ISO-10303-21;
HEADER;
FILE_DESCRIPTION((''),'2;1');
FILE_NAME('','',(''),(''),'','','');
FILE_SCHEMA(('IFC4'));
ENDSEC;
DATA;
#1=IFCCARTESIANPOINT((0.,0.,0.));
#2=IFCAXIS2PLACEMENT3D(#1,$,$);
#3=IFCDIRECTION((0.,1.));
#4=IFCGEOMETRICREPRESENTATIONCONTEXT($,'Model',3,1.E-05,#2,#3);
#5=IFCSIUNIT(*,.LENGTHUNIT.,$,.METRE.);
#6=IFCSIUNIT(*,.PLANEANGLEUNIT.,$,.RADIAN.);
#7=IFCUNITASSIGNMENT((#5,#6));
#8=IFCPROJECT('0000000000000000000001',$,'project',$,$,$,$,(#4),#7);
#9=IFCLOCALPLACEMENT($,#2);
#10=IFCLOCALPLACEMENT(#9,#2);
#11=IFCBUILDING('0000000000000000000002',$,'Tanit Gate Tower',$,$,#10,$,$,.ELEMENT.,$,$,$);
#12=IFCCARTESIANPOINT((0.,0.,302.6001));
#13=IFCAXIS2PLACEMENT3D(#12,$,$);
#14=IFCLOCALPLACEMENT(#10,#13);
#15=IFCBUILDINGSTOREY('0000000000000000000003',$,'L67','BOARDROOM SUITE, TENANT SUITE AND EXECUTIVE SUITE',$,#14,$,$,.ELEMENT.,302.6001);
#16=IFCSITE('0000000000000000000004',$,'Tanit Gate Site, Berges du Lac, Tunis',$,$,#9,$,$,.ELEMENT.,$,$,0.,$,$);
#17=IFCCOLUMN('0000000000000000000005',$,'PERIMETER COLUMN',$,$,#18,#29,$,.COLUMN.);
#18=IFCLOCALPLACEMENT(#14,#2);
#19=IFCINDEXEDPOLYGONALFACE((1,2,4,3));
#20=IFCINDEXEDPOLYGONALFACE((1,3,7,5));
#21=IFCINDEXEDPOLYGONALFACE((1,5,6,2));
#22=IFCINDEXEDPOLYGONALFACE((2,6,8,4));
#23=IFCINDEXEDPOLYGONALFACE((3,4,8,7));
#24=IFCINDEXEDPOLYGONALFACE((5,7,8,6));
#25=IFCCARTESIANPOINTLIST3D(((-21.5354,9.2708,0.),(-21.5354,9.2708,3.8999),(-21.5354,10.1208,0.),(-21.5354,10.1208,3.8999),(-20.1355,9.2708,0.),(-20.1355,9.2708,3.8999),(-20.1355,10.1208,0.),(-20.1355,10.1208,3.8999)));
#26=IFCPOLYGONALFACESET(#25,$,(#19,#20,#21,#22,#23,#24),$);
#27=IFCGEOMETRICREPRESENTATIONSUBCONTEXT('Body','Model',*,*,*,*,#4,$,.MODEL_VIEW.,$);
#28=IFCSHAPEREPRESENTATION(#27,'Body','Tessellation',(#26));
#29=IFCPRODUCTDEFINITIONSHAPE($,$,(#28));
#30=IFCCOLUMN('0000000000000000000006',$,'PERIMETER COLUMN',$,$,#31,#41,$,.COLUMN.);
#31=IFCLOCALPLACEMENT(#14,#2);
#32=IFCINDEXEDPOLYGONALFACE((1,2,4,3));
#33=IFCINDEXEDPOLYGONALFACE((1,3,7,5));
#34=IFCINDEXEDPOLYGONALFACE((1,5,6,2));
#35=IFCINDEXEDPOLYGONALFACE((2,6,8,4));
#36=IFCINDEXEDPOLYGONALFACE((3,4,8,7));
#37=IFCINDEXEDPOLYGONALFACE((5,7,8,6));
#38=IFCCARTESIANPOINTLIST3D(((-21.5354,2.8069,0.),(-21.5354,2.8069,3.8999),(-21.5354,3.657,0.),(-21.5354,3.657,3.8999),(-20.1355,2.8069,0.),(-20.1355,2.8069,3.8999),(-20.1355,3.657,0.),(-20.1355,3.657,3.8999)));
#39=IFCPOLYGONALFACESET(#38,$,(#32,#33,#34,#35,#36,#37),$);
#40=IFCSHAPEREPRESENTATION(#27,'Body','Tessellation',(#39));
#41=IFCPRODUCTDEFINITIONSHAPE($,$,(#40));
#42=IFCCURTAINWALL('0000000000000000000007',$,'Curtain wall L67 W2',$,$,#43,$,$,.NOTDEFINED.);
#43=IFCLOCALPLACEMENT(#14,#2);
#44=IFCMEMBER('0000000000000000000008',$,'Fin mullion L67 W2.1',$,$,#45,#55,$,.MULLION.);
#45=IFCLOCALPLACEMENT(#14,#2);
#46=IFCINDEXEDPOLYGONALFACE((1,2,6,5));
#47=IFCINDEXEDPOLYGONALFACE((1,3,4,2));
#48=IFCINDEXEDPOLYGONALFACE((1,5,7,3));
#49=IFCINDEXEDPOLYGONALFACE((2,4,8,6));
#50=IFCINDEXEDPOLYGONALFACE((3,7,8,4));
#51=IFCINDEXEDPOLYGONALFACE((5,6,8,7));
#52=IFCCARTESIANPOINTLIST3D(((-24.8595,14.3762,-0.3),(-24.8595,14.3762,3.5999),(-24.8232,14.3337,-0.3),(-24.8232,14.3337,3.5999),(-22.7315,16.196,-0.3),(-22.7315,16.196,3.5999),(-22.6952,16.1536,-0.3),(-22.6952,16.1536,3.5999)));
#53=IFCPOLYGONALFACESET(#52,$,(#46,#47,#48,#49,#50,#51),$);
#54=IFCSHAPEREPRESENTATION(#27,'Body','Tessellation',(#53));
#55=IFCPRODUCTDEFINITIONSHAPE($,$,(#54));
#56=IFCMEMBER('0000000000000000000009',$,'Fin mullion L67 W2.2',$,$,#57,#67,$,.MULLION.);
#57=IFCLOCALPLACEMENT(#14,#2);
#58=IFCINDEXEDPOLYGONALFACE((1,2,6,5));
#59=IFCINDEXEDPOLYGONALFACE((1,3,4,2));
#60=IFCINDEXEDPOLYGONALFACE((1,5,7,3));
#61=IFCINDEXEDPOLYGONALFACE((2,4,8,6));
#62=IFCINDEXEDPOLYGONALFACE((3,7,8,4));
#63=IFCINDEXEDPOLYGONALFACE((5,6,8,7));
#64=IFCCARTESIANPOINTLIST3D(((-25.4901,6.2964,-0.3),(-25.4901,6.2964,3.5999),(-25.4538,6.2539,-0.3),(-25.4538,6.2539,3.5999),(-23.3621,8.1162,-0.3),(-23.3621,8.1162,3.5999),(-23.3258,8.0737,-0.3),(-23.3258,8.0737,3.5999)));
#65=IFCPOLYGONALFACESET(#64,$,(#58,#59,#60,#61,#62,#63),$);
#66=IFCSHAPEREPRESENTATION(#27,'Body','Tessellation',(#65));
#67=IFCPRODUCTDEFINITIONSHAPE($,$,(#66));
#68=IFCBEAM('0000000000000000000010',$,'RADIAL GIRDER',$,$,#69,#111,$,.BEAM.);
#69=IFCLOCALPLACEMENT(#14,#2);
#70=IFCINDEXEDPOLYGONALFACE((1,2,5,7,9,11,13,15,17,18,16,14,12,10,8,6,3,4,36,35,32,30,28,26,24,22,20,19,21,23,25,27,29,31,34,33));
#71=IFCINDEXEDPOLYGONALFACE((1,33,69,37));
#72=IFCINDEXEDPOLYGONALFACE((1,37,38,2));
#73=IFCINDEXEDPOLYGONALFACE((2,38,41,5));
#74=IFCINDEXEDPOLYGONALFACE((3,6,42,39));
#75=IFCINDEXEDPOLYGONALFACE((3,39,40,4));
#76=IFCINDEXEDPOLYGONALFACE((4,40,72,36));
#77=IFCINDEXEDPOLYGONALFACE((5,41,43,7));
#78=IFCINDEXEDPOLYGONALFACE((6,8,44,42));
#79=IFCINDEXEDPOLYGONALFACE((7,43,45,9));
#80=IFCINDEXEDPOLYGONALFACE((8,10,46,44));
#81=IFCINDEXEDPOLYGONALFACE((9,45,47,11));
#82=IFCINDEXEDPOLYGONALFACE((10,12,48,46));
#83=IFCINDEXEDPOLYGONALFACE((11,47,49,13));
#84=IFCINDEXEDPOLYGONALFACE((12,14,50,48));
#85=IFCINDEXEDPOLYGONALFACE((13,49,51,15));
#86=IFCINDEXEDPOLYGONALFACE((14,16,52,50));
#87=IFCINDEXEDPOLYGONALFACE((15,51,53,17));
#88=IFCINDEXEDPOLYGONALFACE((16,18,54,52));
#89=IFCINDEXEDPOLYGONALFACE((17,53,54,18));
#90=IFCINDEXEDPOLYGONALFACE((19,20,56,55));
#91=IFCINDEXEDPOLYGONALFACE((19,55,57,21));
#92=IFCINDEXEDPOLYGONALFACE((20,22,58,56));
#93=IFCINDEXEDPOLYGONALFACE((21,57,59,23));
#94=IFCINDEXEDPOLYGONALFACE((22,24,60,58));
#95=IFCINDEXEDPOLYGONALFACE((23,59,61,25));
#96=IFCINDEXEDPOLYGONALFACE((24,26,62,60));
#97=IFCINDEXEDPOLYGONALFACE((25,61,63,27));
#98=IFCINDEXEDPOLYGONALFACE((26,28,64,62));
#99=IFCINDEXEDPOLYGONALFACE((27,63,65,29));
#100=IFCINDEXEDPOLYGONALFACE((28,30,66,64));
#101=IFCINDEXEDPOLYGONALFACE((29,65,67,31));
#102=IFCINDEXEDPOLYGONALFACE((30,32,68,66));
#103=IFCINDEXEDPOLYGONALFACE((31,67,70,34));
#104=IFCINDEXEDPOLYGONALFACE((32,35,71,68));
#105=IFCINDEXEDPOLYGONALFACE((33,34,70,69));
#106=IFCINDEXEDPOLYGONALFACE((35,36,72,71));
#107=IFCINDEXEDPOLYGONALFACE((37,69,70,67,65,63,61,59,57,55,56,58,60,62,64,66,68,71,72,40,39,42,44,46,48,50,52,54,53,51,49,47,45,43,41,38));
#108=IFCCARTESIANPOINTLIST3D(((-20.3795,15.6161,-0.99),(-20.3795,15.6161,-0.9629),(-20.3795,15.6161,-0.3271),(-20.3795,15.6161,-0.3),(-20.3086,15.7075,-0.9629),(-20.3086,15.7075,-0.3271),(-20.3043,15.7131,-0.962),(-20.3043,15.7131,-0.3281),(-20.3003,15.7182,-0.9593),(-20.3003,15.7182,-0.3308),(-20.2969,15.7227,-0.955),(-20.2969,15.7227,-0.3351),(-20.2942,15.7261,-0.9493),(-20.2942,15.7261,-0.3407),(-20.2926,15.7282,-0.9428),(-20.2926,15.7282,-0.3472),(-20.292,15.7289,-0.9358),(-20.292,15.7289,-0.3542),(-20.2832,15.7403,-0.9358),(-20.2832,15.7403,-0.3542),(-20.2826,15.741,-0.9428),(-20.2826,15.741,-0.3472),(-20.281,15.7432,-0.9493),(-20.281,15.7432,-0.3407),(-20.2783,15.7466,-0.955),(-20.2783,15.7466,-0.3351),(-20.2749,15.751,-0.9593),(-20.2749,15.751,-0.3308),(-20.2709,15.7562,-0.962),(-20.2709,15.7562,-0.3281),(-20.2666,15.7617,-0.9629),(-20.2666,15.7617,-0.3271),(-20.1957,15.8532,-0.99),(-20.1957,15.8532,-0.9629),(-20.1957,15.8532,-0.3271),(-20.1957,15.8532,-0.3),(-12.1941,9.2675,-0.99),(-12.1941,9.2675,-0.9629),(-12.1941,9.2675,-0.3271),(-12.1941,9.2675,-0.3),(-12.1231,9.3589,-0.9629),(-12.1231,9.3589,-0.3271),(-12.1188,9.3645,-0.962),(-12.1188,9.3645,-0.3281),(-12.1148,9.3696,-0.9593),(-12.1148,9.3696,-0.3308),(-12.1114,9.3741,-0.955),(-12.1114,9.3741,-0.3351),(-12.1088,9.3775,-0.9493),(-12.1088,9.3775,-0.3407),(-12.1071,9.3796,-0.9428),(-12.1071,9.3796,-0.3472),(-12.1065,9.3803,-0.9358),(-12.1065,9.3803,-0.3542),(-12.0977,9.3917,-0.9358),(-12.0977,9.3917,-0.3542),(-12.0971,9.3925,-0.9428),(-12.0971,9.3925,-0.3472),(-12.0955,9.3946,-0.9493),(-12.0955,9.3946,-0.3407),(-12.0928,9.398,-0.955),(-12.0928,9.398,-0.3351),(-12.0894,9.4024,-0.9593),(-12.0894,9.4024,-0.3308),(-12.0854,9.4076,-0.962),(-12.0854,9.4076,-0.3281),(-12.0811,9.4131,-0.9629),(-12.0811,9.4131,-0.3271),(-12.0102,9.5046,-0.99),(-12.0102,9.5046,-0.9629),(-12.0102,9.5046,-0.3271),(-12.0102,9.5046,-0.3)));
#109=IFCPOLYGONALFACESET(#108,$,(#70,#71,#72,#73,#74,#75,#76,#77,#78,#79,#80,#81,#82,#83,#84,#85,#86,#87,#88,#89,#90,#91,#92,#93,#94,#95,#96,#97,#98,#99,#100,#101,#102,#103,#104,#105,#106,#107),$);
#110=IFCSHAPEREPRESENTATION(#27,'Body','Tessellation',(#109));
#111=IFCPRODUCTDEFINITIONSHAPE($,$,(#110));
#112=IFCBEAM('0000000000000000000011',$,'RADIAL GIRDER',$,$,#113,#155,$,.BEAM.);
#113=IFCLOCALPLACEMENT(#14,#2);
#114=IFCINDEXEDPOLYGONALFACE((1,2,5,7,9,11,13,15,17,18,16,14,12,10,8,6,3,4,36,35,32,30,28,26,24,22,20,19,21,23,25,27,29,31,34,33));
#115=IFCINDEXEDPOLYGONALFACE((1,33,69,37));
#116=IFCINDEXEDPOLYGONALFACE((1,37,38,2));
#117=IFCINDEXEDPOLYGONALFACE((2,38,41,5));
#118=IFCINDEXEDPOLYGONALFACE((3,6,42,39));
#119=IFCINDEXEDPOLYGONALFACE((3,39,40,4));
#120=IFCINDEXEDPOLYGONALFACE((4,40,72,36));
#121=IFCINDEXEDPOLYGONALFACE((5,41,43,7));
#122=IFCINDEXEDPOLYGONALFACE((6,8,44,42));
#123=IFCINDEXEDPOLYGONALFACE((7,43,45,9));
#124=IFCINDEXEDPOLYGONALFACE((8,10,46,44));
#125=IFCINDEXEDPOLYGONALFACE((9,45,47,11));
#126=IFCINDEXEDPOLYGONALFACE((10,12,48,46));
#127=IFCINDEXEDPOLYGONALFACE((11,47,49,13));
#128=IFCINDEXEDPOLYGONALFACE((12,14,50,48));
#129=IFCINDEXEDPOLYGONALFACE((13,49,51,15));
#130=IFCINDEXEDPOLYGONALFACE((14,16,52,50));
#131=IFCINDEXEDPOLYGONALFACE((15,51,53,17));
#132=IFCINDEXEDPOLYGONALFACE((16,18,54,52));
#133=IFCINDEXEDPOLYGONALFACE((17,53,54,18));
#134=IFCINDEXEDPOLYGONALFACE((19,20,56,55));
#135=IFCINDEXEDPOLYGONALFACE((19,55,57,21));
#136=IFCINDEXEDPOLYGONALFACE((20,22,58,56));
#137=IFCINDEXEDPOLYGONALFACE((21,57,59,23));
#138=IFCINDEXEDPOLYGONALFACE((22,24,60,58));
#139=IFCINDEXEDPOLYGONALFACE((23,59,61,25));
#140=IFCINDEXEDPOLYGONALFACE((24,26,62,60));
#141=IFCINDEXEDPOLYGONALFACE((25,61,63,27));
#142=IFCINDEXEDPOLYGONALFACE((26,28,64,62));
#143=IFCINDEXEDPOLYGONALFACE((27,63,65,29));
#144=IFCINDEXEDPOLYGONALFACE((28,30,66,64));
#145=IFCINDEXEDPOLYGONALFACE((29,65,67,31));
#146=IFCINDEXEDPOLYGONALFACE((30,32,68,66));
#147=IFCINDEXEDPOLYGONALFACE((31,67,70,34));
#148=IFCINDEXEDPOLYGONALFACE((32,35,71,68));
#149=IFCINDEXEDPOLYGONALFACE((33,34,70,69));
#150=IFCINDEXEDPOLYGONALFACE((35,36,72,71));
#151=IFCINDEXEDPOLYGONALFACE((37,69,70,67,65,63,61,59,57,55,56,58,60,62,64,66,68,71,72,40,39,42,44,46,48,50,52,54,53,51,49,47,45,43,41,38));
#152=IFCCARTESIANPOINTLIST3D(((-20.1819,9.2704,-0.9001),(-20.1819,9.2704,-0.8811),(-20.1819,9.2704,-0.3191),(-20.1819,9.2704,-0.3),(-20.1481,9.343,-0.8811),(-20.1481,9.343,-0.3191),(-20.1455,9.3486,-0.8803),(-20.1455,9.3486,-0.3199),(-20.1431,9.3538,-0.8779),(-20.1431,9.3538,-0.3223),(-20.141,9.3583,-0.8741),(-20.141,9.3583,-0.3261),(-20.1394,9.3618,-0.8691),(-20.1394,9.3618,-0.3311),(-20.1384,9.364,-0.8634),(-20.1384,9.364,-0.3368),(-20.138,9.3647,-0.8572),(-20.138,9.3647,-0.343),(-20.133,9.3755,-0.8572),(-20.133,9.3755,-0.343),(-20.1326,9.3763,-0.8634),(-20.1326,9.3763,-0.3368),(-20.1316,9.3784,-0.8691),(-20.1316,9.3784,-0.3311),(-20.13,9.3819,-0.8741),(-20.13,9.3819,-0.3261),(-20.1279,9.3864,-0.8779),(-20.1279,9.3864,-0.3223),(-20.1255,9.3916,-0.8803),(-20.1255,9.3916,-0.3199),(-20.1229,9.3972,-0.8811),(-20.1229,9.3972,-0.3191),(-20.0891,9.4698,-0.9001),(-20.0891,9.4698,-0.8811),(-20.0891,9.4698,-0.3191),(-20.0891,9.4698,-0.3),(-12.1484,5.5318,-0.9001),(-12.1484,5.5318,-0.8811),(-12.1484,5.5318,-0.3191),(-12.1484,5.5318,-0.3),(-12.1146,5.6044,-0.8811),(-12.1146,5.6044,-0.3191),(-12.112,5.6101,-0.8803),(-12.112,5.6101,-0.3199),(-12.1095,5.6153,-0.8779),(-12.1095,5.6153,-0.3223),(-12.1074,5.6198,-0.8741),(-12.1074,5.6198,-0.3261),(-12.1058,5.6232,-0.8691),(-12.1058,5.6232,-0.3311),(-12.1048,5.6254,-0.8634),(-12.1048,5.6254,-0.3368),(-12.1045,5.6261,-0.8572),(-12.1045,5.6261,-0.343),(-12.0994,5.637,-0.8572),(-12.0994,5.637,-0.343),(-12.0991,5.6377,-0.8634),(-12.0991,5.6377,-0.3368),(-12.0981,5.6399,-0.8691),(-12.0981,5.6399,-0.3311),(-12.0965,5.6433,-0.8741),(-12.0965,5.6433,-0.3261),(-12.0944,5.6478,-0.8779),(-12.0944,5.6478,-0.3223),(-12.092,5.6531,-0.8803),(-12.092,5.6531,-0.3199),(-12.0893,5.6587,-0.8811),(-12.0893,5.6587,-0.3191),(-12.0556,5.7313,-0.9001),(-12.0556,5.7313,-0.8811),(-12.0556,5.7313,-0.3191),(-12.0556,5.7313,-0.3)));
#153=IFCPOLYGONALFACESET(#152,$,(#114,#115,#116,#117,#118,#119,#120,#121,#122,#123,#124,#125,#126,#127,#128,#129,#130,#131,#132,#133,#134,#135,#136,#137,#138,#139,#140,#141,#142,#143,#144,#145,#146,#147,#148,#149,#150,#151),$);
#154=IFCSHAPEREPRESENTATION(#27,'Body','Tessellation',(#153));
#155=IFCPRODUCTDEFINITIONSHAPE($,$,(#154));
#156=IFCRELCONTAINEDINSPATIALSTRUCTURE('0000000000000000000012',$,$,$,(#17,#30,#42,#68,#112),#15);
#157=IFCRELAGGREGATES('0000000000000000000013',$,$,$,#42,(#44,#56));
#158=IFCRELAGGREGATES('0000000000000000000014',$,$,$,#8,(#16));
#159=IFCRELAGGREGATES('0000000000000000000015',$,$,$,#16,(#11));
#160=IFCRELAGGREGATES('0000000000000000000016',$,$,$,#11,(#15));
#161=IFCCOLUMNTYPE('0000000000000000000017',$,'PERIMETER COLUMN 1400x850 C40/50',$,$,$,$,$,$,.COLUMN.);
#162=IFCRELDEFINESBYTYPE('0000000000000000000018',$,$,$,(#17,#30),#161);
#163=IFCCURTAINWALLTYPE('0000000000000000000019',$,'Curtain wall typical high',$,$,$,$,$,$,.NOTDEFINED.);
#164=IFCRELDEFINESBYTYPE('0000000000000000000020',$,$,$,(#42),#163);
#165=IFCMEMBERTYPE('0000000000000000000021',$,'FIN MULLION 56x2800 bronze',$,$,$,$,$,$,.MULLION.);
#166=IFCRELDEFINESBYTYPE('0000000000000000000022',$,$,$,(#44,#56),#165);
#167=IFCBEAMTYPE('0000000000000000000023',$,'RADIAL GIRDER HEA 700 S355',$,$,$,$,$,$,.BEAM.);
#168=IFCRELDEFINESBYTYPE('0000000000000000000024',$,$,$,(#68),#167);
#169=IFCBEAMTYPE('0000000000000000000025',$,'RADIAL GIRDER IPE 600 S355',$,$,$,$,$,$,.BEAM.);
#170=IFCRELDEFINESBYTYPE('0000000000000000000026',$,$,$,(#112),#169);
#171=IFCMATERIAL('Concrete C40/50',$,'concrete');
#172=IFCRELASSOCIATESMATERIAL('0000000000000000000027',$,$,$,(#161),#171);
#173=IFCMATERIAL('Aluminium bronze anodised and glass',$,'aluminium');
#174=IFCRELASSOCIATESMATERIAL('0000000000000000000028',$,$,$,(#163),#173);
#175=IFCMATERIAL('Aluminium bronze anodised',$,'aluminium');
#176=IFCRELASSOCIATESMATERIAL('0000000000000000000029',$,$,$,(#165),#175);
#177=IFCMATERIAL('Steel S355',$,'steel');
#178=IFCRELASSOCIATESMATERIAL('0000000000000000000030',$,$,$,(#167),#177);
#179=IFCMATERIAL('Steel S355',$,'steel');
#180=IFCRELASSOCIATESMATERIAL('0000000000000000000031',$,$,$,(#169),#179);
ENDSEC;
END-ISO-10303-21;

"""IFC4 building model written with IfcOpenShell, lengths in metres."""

from ifc_helpers import new_model, si_unit, direction, frame, origin, origin_2d, place, context, subcontext, project, spatial, rectangle, i_section, extrude, material, material_profile, profile_set, type_object, element, aggregate, save


model = new_model("IFC4")

# Units and contexts
model_context = context("Model", 3, precision=1e-05, world=origin(), true_north=direction((0.0, 1.0)))
body_context = subcontext(model_context, "Body", "Model", "MODEL_VIEW")
ifc_project = project(units=[si_unit("LENGTHUNIT", "METRE"), si_unit("PLANEANGLEUNIT", "RADIAN")], contexts=[model_context])

# Site, building, storey
site_placement = place(None, origin())
site = spatial("IfcSite", under=ifc_project, at=site_placement, Name="Tanit Gate Site, Berges du Lac, Tunis", CompositionType="ELEMENT", RefElevation=0.0)
building_placement = place(site_placement, origin())
building = spatial("IfcBuilding", under=site, at=building_placement, Name="Tanit Gate Tower", CompositionType="ELEMENT")
storey_placement = place(building_placement, frame((0.0, 0.0, 302.6001)))
storey = spatial("IfcBuildingStorey", under=building, at=storey_placement, Name="L67", Description="BOARDROOM SUITE, TENANT SUITE AND EXECUTIVE SUITE", CompositionType="ELEMENT", Elevation=302.6001)

# Columns
ifc_material_1 = material(Name="Concrete C40/50", Category="concrete")
ifc_material_profile_1 = material_profile(ifc_material_1, rectangle(XDim=1.3999, YDim=0.8501, at=origin_2d()), Name="RC 1400x850")
ifc_profile_set_1 = profile_set([ifc_material_profile_1], Name="Concrete C40/50")
column_type = type_object("IfcColumnType", Name="PERIMETER COLUMN 1400x850 C40/50", PredefinedType="COLUMN", material=ifc_profile_set_1)
for number, where, z_axis, x_axis, name in (
    (1, (-20.8354, 9.6958, 0.0), (0.0, 0.0, 1.0), (-1.0, 0.0, 0.0), "PERIMETER COLUMN"),
    (2, (-20.8354, 3.2319, 0.0), (0.0, 0.0, 1.0), (-1.0, 0.0, 0.0), "PERIMETER COLUMN"),
):
    element("IfcColumn", number, at=place(storey_placement, frame(where, z_axis=z_axis, x_axis=x_axis)), inside=storey, type_object=column_type, Name=name, PredefinedType="COLUMN", context=body_context, shape_type="SweptSolid", body=[
        extrude(rectangle(XDim=1.3999, YDim=0.8501, at=origin_2d()), origin(), (0.0, 0.0, 1.0), 3.8999),
    ])

# Curtain wall, members
ifc_material_2 = material(Name="Aluminium bronze anodised and glass", Category="aluminium")
curtain_wall_type = type_object("IfcCurtainWallType", Name="Curtain wall typical high", PredefinedType="NOTDEFINED", material=ifc_material_2)
curtain_wall_placement = place(storey_placement, origin())
curtain_wall = element("IfcCurtainWall", 3, at=curtain_wall_placement, inside=storey, type_object=curtain_wall_type, Name="Curtain wall L67 W2", PredefinedType="NOTDEFINED")
ifc_material_3 = material(Name="Aluminium bronze anodised", Category="aluminium")
ifc_material_profile_2 = material_profile(ifc_material_3, rectangle(XDim=2.8, YDim=0.0559, at=origin_2d()), Name="56x2800 bronze fin mullion")
ifc_profile_set_2 = profile_set([ifc_material_profile_2], Name="Aluminium bronze anodised")
member_type_1 = type_object("IfcMemberType", Name="FIN MULLION 56x2800 bronze", PredefinedType="MULLION", material=ifc_profile_set_2)
member_1_placement = place(storey_placement, frame((-23.7773, 15.2649, -0.3), z_axis=(0.0, 0.0, 1.0), x_axis=(0.760002, 0.649921, 0.0)))
member_1 = element("IfcMember", 4, at=member_1_placement, type_object=member_type_1, Name="Fin mullion L67 W2.1", PredefinedType="MULLION", context=body_context, shape_type="SweptSolid", body=[
    extrude(rectangle(XDim=2.8, YDim=0.0559, at=origin_2d()), origin(), (0.0, 0.0, 1.0), 3.8999),
])
member_2_placement = place(storey_placement, frame((-24.408, 7.1851, -0.3), z_axis=(0.0, 0.0, 1.0), x_axis=(0.760002, 0.649921, 0.0)))
member_2 = element("IfcMember", 5, at=member_2_placement, type_object=member_type_1, Name="Fin mullion L67 W2.2", PredefinedType="MULLION", context=body_context, shape_type="SweptSolid", body=[
    extrude(rectangle(XDim=2.8, YDim=0.0559, at=origin_2d()), origin(), (0.0, 0.0, 1.0), 3.8999),
])

# Beams
ifc_material_4 = material(Name="Steel S355", Category="steel")
ifc_material_profile_3 = material_profile(ifc_material_4, i_section(OverallWidth=0.3, OverallDepth=0.6899, WebThickness=0.0144, FlangeThickness=0.0271, FilletRadius=0.0271, at=origin_2d()), Name="HEA 700")
ifc_profile_set_3 = profile_set([ifc_material_profile_3], Name="Steel S355")
beam_type_1 = type_object("IfcBeamType", Name="RADIAL GIRDER HEA 700 S355", PredefinedType="BEAM", material=ifc_profile_set_3)
beam_1_placement = place(storey_placement, frame((-20.2876, 15.7346, -0.645), z_axis=(0.790189, -0.612863, 0.0), x_axis=(0.612863, 0.790189, 0.0)))
element("IfcBeam", 6, at=beam_1_placement, inside=storey, type_object=beam_type_1, Name="RADIAL GIRDER", PredefinedType="BEAM", context=body_context, shape_type="SweptSolid", body=[
    extrude(i_section(OverallWidth=0.3, OverallDepth=0.6899, WebThickness=0.0144, FlangeThickness=0.0271, FilletRadius=0.0271, at=origin_2d()), origin(), (0.0, 0.0, 1.0), 10.3589),
])
ifc_material_5 = material(Name="Steel S355", Category="steel")
ifc_material_profile_4 = material_profile(ifc_material_5, i_section(OverallWidth=0.22, OverallDepth=0.6001, WebThickness=0.012, FlangeThickness=0.019, FilletRadius=0.0239, at=origin_2d()), Name="IPE 600")
ifc_profile_set_4 = profile_set([ifc_material_profile_4], Name="Steel S355")
beam_type_2 = type_object("IfcBeamType", Name="RADIAL GIRDER IPE 600 S355", PredefinedType="BEAM", material=ifc_profile_set_4)
beam_2_placement = place(storey_placement, frame((-20.1355, 9.3701, -0.6001), z_axis=(0.906633, -0.42192, 0.0), x_axis=(0.42192, 0.906633, 0.0)))
element("IfcBeam", 7, at=beam_2_placement, inside=storey, type_object=beam_type_2, Name="RADIAL GIRDER", PredefinedType="BEAM", context=body_context, shape_type="SweptSolid", body=[
    extrude(i_section(OverallWidth=0.22, OverallDepth=0.6001, WebThickness=0.012, FlangeThickness=0.019, FilletRadius=0.0239, at=origin_2d()), origin(), (0.0, 0.0, 1.0), 8.8608),
])

aggregate(curtain_wall, [member_1, member_2])

save(model, "model.ifc")
